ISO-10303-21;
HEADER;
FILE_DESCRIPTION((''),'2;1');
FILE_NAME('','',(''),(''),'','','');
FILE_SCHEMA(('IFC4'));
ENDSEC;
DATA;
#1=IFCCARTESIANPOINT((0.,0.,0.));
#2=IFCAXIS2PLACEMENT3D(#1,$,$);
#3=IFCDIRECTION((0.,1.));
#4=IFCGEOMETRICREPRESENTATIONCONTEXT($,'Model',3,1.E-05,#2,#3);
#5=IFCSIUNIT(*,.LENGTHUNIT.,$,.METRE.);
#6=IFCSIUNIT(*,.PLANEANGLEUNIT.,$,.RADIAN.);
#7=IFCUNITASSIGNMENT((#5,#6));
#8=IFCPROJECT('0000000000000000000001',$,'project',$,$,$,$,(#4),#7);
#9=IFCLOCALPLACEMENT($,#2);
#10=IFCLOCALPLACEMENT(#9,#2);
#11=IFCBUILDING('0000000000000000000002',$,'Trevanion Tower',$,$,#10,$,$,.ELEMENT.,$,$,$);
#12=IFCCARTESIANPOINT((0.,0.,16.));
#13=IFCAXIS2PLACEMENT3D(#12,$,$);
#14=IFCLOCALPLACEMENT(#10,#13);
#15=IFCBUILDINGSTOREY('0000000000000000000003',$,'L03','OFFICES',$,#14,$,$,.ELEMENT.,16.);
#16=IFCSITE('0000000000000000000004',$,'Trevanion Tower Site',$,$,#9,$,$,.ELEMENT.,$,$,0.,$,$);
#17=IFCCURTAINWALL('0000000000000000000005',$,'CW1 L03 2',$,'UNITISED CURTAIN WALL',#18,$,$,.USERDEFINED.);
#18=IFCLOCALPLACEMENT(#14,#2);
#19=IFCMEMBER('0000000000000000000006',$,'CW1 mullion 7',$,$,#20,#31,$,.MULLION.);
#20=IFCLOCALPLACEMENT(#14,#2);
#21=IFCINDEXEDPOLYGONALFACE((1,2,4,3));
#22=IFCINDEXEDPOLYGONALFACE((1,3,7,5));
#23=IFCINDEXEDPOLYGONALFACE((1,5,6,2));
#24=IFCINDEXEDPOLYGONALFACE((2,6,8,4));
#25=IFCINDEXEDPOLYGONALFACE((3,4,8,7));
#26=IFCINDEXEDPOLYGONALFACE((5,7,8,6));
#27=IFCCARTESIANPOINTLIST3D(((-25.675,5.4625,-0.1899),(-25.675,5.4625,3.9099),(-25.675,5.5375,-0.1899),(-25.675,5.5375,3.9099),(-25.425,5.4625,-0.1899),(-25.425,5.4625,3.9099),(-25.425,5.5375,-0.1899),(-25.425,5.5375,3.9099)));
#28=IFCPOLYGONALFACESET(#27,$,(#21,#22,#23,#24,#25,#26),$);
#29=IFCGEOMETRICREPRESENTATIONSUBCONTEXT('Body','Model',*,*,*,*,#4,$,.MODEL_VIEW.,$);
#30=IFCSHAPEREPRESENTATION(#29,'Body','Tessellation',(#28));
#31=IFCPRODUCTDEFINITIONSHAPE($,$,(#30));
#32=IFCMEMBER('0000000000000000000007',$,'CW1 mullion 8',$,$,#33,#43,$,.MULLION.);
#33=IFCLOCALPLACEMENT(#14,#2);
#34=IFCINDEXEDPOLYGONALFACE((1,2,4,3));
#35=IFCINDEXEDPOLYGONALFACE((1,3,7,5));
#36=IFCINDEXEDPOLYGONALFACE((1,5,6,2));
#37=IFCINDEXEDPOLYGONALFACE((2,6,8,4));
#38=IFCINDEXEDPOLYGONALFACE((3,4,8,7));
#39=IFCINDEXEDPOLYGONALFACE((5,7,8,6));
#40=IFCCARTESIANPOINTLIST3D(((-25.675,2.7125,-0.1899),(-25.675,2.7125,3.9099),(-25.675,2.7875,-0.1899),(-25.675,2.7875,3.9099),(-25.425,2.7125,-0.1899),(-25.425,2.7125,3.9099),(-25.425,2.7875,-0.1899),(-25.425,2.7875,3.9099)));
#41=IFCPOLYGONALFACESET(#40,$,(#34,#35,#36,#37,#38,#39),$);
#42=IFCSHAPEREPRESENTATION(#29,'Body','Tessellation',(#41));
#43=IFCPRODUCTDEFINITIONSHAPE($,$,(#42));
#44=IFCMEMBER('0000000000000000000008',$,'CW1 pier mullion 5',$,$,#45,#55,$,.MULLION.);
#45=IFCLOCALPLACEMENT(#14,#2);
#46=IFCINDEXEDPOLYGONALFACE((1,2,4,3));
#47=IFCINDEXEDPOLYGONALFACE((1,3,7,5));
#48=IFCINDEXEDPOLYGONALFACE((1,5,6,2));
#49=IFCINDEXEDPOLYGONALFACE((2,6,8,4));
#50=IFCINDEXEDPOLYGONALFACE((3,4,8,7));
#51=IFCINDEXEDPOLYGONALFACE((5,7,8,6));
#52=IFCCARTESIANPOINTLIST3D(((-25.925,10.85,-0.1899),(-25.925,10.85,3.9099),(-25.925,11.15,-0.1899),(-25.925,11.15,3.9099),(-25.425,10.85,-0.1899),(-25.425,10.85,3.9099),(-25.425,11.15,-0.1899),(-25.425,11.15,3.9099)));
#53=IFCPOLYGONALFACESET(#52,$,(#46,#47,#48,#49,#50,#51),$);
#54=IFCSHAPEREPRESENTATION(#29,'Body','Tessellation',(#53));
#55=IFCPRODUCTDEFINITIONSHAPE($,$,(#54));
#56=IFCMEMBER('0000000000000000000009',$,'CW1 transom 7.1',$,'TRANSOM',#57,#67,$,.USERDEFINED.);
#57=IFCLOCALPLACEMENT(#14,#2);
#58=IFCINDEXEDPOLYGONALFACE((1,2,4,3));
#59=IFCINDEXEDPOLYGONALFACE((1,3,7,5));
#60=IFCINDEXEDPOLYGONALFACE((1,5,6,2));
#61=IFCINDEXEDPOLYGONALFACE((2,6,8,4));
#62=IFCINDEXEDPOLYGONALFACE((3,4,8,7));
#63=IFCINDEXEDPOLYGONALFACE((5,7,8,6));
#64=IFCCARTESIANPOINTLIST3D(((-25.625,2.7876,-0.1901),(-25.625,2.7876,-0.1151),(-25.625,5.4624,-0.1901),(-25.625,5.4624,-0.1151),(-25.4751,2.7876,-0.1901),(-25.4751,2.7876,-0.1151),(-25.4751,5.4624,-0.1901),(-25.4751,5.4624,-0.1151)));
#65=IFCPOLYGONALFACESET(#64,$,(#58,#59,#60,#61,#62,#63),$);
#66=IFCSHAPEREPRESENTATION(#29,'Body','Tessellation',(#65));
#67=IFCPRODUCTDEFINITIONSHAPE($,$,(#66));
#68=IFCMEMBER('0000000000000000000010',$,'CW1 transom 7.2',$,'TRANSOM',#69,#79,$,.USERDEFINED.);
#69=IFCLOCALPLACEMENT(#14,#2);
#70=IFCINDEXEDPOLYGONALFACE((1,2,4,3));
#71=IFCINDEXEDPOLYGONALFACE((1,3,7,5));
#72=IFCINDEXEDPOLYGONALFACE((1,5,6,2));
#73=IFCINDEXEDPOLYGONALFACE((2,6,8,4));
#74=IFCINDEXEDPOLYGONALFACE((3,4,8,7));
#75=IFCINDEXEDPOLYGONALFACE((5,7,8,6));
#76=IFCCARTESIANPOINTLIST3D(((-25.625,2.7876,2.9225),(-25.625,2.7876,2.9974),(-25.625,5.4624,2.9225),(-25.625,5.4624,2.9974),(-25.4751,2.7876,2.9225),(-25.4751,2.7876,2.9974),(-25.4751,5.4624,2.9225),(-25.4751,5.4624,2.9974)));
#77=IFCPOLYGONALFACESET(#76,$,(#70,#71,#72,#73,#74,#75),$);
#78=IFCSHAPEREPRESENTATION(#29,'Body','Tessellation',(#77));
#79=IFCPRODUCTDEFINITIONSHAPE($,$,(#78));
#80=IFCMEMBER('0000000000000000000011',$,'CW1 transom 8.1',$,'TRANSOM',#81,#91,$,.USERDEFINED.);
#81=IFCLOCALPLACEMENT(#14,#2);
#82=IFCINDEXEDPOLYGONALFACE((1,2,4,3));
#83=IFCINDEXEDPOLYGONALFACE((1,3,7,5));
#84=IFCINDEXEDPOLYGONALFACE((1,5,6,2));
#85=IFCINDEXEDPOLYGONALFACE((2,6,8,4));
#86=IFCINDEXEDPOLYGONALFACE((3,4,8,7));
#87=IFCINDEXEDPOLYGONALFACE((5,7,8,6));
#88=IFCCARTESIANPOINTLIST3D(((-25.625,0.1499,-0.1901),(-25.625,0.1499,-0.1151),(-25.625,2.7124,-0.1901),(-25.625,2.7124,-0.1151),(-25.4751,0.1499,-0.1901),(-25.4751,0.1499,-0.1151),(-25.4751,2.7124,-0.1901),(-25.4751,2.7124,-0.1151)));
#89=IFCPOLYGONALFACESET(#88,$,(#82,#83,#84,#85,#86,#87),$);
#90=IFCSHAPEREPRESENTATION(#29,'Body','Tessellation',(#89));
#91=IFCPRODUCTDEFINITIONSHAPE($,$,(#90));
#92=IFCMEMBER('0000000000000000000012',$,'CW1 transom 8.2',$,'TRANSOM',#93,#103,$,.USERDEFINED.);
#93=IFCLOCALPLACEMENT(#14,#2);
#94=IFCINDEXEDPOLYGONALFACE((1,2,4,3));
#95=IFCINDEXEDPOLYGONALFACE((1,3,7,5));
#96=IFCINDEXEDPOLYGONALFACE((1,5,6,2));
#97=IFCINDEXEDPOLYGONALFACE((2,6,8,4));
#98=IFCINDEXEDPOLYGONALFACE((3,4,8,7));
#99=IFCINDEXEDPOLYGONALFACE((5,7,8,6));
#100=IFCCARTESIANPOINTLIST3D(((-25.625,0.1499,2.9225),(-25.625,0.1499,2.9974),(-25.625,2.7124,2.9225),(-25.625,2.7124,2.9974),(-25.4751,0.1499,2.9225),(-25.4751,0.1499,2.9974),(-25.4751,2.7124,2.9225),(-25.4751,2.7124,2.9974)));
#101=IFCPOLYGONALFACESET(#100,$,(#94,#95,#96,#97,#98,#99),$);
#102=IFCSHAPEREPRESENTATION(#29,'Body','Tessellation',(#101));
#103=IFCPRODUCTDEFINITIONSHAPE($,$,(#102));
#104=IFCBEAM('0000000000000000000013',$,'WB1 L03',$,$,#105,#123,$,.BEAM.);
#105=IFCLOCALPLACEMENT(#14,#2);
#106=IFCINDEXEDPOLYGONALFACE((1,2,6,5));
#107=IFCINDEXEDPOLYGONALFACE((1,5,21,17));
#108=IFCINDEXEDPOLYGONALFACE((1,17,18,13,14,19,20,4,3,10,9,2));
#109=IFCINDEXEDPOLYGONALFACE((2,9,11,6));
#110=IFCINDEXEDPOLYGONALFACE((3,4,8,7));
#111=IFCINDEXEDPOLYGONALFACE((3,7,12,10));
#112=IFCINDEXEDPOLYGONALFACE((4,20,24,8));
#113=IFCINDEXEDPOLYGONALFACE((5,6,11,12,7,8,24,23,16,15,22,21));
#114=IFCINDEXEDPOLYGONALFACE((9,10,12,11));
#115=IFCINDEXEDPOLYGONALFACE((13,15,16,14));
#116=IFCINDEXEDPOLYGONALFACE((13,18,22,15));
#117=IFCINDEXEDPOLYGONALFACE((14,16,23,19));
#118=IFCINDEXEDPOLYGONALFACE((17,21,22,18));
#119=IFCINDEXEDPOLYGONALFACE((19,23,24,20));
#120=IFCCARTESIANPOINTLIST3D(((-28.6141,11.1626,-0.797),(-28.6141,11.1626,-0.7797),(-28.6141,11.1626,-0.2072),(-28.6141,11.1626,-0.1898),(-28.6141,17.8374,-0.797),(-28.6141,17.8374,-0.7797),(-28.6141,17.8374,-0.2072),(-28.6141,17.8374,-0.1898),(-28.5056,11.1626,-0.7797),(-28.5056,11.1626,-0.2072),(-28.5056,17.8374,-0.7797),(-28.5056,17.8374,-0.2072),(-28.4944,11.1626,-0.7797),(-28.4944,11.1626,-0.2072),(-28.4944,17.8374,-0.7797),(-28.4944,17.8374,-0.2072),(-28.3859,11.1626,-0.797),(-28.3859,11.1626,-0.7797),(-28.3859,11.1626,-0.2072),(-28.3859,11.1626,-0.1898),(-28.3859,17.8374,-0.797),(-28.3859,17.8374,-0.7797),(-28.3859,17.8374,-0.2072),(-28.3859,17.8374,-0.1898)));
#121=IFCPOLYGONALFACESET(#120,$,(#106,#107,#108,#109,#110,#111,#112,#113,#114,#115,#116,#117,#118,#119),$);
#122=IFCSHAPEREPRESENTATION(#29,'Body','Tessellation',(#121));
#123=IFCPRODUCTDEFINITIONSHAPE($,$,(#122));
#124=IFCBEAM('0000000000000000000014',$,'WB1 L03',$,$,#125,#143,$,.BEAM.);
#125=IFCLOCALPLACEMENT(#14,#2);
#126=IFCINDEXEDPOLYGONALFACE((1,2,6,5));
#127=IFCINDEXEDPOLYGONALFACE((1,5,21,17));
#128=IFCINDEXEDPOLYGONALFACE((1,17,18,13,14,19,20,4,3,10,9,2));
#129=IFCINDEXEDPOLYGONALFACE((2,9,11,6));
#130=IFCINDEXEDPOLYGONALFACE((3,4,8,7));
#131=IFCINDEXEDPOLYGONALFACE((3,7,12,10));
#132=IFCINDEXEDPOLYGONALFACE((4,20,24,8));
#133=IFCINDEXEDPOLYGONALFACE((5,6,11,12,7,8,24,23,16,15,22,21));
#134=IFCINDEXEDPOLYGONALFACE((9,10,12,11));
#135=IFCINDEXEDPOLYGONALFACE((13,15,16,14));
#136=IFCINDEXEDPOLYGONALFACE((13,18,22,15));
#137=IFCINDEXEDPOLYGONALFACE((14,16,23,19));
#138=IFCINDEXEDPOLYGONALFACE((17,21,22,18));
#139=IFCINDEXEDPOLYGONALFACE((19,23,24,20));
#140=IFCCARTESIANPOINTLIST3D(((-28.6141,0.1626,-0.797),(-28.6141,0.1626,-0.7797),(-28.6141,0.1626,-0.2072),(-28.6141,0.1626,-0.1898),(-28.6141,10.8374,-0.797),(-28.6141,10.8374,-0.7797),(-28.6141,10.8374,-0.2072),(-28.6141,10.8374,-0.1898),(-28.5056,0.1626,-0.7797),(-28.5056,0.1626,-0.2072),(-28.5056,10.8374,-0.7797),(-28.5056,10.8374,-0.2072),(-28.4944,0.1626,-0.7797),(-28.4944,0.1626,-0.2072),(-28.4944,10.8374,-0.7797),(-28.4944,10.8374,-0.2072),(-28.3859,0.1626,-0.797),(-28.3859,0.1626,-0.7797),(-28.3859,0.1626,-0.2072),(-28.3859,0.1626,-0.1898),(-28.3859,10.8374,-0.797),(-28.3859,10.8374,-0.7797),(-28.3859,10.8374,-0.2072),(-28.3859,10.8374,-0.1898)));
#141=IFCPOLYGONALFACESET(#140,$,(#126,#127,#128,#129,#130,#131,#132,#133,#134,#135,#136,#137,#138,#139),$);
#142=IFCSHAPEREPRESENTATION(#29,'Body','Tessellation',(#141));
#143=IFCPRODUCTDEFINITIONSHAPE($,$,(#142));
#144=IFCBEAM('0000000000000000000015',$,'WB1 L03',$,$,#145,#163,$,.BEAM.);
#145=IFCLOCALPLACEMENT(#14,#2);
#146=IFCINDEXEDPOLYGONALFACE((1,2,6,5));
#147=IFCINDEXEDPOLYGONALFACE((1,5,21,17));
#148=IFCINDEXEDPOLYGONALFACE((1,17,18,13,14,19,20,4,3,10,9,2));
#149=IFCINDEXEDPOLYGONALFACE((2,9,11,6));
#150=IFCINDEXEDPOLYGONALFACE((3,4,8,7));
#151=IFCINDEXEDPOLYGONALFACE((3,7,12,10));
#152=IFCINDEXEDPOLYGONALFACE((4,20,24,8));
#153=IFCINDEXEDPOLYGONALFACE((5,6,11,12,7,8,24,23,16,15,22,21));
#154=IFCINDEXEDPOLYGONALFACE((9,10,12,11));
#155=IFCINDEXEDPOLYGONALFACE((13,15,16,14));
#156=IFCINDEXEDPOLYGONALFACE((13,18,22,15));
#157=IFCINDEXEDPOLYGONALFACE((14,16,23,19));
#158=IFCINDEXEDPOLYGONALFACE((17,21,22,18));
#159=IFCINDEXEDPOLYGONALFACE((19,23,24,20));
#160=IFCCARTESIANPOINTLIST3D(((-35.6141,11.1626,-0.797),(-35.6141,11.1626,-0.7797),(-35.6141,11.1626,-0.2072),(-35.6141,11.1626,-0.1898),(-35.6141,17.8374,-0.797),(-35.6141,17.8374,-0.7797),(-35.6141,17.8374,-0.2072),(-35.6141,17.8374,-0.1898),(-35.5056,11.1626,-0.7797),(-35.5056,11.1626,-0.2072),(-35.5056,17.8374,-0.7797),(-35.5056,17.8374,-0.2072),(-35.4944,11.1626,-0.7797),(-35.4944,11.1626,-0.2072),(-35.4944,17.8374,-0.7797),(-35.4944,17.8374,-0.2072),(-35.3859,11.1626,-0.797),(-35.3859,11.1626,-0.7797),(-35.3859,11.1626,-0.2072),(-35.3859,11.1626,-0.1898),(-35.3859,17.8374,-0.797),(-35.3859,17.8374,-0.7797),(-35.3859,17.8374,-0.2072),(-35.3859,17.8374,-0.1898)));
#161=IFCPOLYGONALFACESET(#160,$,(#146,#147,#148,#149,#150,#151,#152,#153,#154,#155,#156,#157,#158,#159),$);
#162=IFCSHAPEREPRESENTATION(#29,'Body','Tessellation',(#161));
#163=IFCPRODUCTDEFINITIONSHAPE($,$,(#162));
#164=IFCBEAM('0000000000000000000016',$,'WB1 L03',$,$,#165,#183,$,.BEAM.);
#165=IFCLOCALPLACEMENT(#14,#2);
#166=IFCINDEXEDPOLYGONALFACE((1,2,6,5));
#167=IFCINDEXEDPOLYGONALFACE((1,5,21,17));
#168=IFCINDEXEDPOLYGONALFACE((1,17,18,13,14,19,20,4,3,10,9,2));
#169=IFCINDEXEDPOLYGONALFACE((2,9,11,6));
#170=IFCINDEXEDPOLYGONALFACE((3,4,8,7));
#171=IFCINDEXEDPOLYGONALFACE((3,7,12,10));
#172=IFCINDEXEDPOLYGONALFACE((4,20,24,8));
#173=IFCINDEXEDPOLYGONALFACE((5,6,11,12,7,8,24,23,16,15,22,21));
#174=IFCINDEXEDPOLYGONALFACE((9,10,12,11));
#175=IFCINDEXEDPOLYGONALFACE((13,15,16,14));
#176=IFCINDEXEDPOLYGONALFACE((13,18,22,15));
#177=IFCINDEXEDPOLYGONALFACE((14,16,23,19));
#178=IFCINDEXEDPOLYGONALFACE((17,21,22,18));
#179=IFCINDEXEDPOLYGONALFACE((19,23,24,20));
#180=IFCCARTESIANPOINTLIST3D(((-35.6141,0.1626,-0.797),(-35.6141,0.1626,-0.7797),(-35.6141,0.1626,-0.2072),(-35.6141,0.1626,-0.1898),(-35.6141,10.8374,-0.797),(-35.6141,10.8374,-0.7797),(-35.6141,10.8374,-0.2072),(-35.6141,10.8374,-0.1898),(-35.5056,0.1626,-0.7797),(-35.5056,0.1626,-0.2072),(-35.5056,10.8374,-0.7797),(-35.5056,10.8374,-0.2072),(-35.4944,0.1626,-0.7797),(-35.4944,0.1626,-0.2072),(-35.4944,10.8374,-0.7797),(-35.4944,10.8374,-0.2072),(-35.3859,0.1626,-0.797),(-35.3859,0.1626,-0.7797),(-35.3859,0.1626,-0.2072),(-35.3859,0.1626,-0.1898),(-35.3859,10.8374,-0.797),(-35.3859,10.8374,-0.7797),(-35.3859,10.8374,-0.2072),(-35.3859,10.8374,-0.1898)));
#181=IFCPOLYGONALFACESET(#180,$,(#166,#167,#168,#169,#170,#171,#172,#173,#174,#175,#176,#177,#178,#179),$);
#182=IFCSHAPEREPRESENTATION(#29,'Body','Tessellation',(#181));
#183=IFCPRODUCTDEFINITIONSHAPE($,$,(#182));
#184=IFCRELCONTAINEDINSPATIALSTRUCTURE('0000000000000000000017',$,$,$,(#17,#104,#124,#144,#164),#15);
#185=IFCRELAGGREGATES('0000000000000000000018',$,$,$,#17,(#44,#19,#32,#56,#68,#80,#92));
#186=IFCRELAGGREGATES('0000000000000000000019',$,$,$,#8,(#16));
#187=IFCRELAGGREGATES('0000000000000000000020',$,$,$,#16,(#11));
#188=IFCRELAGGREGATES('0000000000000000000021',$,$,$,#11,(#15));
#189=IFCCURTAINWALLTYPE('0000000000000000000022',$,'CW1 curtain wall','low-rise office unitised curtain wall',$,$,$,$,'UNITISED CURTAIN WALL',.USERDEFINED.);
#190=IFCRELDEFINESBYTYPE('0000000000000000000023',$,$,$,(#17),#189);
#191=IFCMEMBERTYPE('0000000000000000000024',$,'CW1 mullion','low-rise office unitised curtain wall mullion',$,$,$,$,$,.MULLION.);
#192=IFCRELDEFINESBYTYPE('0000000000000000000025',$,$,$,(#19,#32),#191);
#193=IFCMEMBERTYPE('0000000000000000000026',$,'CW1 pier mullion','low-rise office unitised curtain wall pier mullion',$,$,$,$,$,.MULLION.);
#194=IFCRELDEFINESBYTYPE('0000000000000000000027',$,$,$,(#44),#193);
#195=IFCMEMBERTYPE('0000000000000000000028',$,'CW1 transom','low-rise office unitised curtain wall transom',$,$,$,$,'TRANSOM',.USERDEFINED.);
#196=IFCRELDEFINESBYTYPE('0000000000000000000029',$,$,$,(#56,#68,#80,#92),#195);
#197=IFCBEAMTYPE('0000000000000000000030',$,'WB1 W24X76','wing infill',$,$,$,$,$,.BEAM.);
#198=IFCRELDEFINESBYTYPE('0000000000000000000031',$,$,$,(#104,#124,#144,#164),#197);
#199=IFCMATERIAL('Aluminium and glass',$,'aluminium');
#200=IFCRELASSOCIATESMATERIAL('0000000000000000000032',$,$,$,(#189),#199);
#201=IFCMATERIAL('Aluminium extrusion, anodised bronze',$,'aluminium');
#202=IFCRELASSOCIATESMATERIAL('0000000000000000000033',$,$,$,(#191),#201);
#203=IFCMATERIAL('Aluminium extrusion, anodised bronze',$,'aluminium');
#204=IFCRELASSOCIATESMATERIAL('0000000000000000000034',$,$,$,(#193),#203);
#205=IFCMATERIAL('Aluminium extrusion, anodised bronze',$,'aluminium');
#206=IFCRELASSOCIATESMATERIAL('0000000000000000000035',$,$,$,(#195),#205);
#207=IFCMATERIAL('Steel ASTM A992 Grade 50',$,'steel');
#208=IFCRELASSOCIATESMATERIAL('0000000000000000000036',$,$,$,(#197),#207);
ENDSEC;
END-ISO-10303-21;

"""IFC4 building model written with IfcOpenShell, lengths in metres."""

from ifc_helpers import new_model, si_unit, direction, frame, origin, origin_2d, place, context, subcontext, project, spatial, rectangle, i_section, extrude, material, material_profile, profile_set, type_object, element, aggregate, save


model = new_model("IFC4")

# Units and contexts
model_context = context("Model", 3, precision=1e-05, world=origin(), true_north=direction((0.0, 1.0)))
body_context = subcontext(model_context, "Body", "Model", "MODEL_VIEW")
ifc_project = project(units=[si_unit("LENGTHUNIT", "METRE"), si_unit("PLANEANGLEUNIT", "RADIAN")], contexts=[model_context])

# Site, building, storey
site_placement = place(None, origin())
site = spatial("IfcSite", under=ifc_project, at=site_placement, Name="Trevanion Tower Site", CompositionType="ELEMENT", RefElevation=0.0)
building_placement = place(site_placement, origin())
building = spatial("IfcBuilding", under=site, at=building_placement, Name="Trevanion Tower", CompositionType="ELEMENT")
storey_placement = place(building_placement, frame((0.0, 0.0, 16.0)))
storey = spatial("IfcBuildingStorey", under=building, at=storey_placement, Name="L03", Description="OFFICES", CompositionType="ELEMENT", Elevation=16.0)

# Curtain wall, members
ifc_material_1 = material(Name="Aluminium and glass", Category="aluminium")
curtain_wall_type = type_object("IfcCurtainWallType", Name="CW1 curtain wall", Description="low-rise office unitised curtain wall", ElementType="UNITISED CURTAIN WALL", PredefinedType="USERDEFINED", material=ifc_material_1)
curtain_wall_placement = place(storey_placement, origin())
curtain_wall = element("IfcCurtainWall", 1, at=curtain_wall_placement, inside=storey, type_object=curtain_wall_type, Name="CW1 L03 2", ObjectType="UNITISED CURTAIN WALL", PredefinedType="USERDEFINED")
ifc_material_2 = material(Name="Aluminium extrusion, anodised bronze", Category="aluminium")
ifc_material_profile_1 = material_profile(ifc_material_2, rectangle(XDim=0.075, YDim=0.25, at=origin_2d()), Name="CW1 mullion")
ifc_profile_set_1 = profile_set([ifc_material_profile_1], Name="Aluminium extrusion, anodised bronze")
member_type_1 = type_object("IfcMemberType", Name="CW1 mullion", Description="low-rise office unitised curtain wall mullion", PredefinedType="MULLION", material=ifc_profile_set_1)
member_1_placement = place(storey_placement, frame((-25.55, 5.5, -0.1899), z_axis=(0.0, 0.0, 1.0), x_axis=(0.0, -1.0, 0.0)))
member_1 = element("IfcMember", 2, at=member_1_placement, type_object=member_type_1, Name="CW1 mullion 7", PredefinedType="MULLION", context=body_context, shape_type="SweptSolid", body=[
    extrude(rectangle(XDim=0.075, YDim=0.25, at=origin_2d()), origin(), (0.0, 0.0, 1.0), 4.0999),
])
member_2_placement = place(storey_placement, frame((-25.55, 2.75, -0.1899), z_axis=(0.0, 0.0, 1.0), x_axis=(0.0, -1.0, 0.0)))
member_2 = element("IfcMember", 3, at=member_2_placement, type_object=member_type_1, Name="CW1 mullion 8", PredefinedType="MULLION", context=body_context, shape_type="SweptSolid", body=[
    extrude(rectangle(XDim=0.075, YDim=0.25, at=origin_2d()), origin(), (0.0, 0.0, 1.0), 4.0999),
])
ifc_material_3 = material(Name="Aluminium extrusion, anodised bronze", Category="aluminium")
ifc_material_profile_2 = material_profile(ifc_material_3, rectangle(XDim=0.3, YDim=0.5, at=origin_2d()), Name="CW1 pier mullion")
ifc_profile_set_2 = profile_set([ifc_material_profile_2], Name="Aluminium extrusion, anodised bronze")
member_type_2 = type_object("IfcMemberType", Name="CW1 pier mullion", Description="low-rise office unitised curtain wall pier mullion", PredefinedType="MULLION", material=ifc_profile_set_2)
member_3_placement = place(storey_placement, frame((-25.675, 11.0, -0.1899), z_axis=(0.0, 0.0, 1.0), x_axis=(0.0, -1.0, 0.0)))
member_3 = element("IfcMember", 4, at=member_3_placement, type_object=member_type_2, Name="CW1 pier mullion 5", PredefinedType="MULLION", context=body_context, shape_type="SweptSolid", body=[
    extrude(rectangle(XDim=0.3, YDim=0.5, at=origin_2d()), origin(), (0.0, 0.0, 1.0), 4.0999),
])
ifc_material_4 = material(Name="Aluminium extrusion, anodised bronze", Category="aluminium")
ifc_material_profile_3 = material_profile(ifc_material_4, rectangle(XDim=0.1499, YDim=0.075, at=origin_2d()), Name="CW1 transom")
ifc_profile_set_3 = profile_set([ifc_material_profile_3], Name="Aluminium extrusion, anodised bronze")
member_type_3 = type_object("IfcMemberType", Name="CW1 transom", Description="low-rise office unitised curtain wall transom", ElementType="TRANSOM", PredefinedType="USERDEFINED", material=ifc_profile_set_3)
member_4_placement = place(storey_placement, frame((-25.55, 5.4624, -0.1526), z_axis=(0.0, -1.0, 0.0), x_axis=(1.0, 0.0, 0.0)))
member_4 = element("IfcMember", 5, at=member_4_placement, type_object=member_type_3, Name="CW1 transom 7.1", ObjectType="TRANSOM", PredefinedType="USERDEFINED", context=body_context, shape_type="SweptSolid", body=[
    extrude(rectangle(XDim=0.1499, YDim=0.075, at=origin_2d()), origin(), (0.0, 0.0, 1.0), 2.6748),
])
member_5_placement = place(storey_placement, frame((-25.55, 5.4624, 2.96), z_axis=(0.0, -1.0, 0.0), x_axis=(1.0, 0.0, 0.0)))
member_5 = element("IfcMember", 6, at=member_5_placement, type_object=member_type_3, Name="CW1 transom 7.2", ObjectType="TRANSOM", PredefinedType="USERDEFINED", context=body_context, shape_type="SweptSolid", body=[
    extrude(rectangle(XDim=0.1499, YDim=0.075, at=origin_2d()), origin(), (0.0, 0.0, 1.0), 2.6748),
])
member_6_placement = place(storey_placement, frame((-25.55, 2.7124, -0.1526), z_axis=(0.0, -1.0, 0.0), x_axis=(1.0, 0.0, 0.0)))
member_6 = element("IfcMember", 7, at=member_6_placement, type_object=member_type_3, Name="CW1 transom 8.1", ObjectType="TRANSOM", PredefinedType="USERDEFINED", context=body_context, shape_type="SweptSolid", body=[
    extrude(rectangle(XDim=0.1499, YDim=0.075, at=origin_2d()), origin(), (0.0, 0.0, 1.0), 2.5625),
])
member_7_placement = place(storey_placement, frame((-25.55, 2.7124, 2.96), z_axis=(0.0, -1.0, 0.0), x_axis=(1.0, 0.0, 0.0)))
member_7 = element("IfcMember", 8, at=member_7_placement, type_object=member_type_3, Name="CW1 transom 8.2", ObjectType="TRANSOM", PredefinedType="USERDEFINED", context=body_context, shape_type="SweptSolid", body=[
    extrude(rectangle(XDim=0.1499, YDim=0.075, at=origin_2d()), origin(), (0.0, 0.0, 1.0), 2.5625),
])

# Beams
ifc_material_5 = material(Name="Steel ASTM A992 Grade 50", Category="steel")
ifc_material_profile_4 = material_profile(ifc_material_5, i_section(OverallWidth=0.2283, OverallDepth=0.6072, WebThickness=0.0112, FlangeThickness=0.0173, at=origin_2d()), Name="W24X76")
ifc_profile_set_4 = profile_set([ifc_material_profile_4], Name="Steel ASTM A992 Grade 50")
beam_type_1 = type_object("IfcBeamType", Name="WB1 W24X76", Description="wing infill", PredefinedType="BEAM", material=ifc_profile_set_4)
beam_1_placement = place(storey_placement, frame((-28.5, 17.8374, -0.4934), z_axis=(0.0, -1.0, 0.0), x_axis=(1.0, 0.0, 0.0)))
element("IfcBeam", 9, at=beam_1_placement, inside=storey, type_object=beam_type_1, Name="WB1 L03", PredefinedType="BEAM", context=body_context, shape_type="SweptSolid", body=[
    extrude(i_section(OverallWidth=0.2283, OverallDepth=0.6072, WebThickness=0.0112, FlangeThickness=0.0173, at=origin_2d()), origin(), (0.0, 0.0, 1.0), 6.6748),
])
beam_2_placement = place(storey_placement, frame((-28.5, 10.8374, -0.4934), z_axis=(0.0, -1.0, 0.0), x_axis=(1.0, 0.0, 0.0)))
element("IfcBeam", 10, at=beam_2_placement, inside=storey, type_object=beam_type_1, Name="WB1 L03", PredefinedType="BEAM", context=body_context, shape_type="SweptSolid", body=[
    extrude(i_section(OverallWidth=0.2283, OverallDepth=0.6072, WebThickness=0.0112, FlangeThickness=0.0173, at=origin_2d()), origin(), (0.0, 0.0, 1.0), 10.6748),
])
beam_3_placement = place(storey_placement, frame((-35.5, 17.8374, -0.4934), z_axis=(0.0, -1.0, 0.0), x_axis=(1.0, 0.0, 0.0)))
element("IfcBeam", 11, at=beam_3_placement, inside=storey, type_object=beam_type_1, Name="WB1 L03", PredefinedType="BEAM", context=body_context, shape_type="SweptSolid", body=[
    extrude(i_section(OverallWidth=0.2283, OverallDepth=0.6072, WebThickness=0.0112, FlangeThickness=0.0173, at=origin_2d()), origin(), (0.0, 0.0, 1.0), 6.6748),
])
beam_4_placement = place(storey_placement, frame((-35.5, 10.8374, -0.4934), z_axis=(0.0, -1.0, 0.0), x_axis=(1.0, 0.0, 0.0)))
element("IfcBeam", 12, at=beam_4_placement, inside=storey, type_object=beam_type_1, Name="WB1 L03", PredefinedType="BEAM", context=body_context, shape_type="SweptSolid", body=[
    extrude(i_section(OverallWidth=0.2283, OverallDepth=0.6072, WebThickness=0.0112, FlangeThickness=0.0173, at=origin_2d()), origin(), (0.0, 0.0, 1.0), 10.6748),
])

aggregate(curtain_wall, [member_3, member_1, member_2, member_4, member_5, member_6, member_7])

save(model, "model.ifc")
